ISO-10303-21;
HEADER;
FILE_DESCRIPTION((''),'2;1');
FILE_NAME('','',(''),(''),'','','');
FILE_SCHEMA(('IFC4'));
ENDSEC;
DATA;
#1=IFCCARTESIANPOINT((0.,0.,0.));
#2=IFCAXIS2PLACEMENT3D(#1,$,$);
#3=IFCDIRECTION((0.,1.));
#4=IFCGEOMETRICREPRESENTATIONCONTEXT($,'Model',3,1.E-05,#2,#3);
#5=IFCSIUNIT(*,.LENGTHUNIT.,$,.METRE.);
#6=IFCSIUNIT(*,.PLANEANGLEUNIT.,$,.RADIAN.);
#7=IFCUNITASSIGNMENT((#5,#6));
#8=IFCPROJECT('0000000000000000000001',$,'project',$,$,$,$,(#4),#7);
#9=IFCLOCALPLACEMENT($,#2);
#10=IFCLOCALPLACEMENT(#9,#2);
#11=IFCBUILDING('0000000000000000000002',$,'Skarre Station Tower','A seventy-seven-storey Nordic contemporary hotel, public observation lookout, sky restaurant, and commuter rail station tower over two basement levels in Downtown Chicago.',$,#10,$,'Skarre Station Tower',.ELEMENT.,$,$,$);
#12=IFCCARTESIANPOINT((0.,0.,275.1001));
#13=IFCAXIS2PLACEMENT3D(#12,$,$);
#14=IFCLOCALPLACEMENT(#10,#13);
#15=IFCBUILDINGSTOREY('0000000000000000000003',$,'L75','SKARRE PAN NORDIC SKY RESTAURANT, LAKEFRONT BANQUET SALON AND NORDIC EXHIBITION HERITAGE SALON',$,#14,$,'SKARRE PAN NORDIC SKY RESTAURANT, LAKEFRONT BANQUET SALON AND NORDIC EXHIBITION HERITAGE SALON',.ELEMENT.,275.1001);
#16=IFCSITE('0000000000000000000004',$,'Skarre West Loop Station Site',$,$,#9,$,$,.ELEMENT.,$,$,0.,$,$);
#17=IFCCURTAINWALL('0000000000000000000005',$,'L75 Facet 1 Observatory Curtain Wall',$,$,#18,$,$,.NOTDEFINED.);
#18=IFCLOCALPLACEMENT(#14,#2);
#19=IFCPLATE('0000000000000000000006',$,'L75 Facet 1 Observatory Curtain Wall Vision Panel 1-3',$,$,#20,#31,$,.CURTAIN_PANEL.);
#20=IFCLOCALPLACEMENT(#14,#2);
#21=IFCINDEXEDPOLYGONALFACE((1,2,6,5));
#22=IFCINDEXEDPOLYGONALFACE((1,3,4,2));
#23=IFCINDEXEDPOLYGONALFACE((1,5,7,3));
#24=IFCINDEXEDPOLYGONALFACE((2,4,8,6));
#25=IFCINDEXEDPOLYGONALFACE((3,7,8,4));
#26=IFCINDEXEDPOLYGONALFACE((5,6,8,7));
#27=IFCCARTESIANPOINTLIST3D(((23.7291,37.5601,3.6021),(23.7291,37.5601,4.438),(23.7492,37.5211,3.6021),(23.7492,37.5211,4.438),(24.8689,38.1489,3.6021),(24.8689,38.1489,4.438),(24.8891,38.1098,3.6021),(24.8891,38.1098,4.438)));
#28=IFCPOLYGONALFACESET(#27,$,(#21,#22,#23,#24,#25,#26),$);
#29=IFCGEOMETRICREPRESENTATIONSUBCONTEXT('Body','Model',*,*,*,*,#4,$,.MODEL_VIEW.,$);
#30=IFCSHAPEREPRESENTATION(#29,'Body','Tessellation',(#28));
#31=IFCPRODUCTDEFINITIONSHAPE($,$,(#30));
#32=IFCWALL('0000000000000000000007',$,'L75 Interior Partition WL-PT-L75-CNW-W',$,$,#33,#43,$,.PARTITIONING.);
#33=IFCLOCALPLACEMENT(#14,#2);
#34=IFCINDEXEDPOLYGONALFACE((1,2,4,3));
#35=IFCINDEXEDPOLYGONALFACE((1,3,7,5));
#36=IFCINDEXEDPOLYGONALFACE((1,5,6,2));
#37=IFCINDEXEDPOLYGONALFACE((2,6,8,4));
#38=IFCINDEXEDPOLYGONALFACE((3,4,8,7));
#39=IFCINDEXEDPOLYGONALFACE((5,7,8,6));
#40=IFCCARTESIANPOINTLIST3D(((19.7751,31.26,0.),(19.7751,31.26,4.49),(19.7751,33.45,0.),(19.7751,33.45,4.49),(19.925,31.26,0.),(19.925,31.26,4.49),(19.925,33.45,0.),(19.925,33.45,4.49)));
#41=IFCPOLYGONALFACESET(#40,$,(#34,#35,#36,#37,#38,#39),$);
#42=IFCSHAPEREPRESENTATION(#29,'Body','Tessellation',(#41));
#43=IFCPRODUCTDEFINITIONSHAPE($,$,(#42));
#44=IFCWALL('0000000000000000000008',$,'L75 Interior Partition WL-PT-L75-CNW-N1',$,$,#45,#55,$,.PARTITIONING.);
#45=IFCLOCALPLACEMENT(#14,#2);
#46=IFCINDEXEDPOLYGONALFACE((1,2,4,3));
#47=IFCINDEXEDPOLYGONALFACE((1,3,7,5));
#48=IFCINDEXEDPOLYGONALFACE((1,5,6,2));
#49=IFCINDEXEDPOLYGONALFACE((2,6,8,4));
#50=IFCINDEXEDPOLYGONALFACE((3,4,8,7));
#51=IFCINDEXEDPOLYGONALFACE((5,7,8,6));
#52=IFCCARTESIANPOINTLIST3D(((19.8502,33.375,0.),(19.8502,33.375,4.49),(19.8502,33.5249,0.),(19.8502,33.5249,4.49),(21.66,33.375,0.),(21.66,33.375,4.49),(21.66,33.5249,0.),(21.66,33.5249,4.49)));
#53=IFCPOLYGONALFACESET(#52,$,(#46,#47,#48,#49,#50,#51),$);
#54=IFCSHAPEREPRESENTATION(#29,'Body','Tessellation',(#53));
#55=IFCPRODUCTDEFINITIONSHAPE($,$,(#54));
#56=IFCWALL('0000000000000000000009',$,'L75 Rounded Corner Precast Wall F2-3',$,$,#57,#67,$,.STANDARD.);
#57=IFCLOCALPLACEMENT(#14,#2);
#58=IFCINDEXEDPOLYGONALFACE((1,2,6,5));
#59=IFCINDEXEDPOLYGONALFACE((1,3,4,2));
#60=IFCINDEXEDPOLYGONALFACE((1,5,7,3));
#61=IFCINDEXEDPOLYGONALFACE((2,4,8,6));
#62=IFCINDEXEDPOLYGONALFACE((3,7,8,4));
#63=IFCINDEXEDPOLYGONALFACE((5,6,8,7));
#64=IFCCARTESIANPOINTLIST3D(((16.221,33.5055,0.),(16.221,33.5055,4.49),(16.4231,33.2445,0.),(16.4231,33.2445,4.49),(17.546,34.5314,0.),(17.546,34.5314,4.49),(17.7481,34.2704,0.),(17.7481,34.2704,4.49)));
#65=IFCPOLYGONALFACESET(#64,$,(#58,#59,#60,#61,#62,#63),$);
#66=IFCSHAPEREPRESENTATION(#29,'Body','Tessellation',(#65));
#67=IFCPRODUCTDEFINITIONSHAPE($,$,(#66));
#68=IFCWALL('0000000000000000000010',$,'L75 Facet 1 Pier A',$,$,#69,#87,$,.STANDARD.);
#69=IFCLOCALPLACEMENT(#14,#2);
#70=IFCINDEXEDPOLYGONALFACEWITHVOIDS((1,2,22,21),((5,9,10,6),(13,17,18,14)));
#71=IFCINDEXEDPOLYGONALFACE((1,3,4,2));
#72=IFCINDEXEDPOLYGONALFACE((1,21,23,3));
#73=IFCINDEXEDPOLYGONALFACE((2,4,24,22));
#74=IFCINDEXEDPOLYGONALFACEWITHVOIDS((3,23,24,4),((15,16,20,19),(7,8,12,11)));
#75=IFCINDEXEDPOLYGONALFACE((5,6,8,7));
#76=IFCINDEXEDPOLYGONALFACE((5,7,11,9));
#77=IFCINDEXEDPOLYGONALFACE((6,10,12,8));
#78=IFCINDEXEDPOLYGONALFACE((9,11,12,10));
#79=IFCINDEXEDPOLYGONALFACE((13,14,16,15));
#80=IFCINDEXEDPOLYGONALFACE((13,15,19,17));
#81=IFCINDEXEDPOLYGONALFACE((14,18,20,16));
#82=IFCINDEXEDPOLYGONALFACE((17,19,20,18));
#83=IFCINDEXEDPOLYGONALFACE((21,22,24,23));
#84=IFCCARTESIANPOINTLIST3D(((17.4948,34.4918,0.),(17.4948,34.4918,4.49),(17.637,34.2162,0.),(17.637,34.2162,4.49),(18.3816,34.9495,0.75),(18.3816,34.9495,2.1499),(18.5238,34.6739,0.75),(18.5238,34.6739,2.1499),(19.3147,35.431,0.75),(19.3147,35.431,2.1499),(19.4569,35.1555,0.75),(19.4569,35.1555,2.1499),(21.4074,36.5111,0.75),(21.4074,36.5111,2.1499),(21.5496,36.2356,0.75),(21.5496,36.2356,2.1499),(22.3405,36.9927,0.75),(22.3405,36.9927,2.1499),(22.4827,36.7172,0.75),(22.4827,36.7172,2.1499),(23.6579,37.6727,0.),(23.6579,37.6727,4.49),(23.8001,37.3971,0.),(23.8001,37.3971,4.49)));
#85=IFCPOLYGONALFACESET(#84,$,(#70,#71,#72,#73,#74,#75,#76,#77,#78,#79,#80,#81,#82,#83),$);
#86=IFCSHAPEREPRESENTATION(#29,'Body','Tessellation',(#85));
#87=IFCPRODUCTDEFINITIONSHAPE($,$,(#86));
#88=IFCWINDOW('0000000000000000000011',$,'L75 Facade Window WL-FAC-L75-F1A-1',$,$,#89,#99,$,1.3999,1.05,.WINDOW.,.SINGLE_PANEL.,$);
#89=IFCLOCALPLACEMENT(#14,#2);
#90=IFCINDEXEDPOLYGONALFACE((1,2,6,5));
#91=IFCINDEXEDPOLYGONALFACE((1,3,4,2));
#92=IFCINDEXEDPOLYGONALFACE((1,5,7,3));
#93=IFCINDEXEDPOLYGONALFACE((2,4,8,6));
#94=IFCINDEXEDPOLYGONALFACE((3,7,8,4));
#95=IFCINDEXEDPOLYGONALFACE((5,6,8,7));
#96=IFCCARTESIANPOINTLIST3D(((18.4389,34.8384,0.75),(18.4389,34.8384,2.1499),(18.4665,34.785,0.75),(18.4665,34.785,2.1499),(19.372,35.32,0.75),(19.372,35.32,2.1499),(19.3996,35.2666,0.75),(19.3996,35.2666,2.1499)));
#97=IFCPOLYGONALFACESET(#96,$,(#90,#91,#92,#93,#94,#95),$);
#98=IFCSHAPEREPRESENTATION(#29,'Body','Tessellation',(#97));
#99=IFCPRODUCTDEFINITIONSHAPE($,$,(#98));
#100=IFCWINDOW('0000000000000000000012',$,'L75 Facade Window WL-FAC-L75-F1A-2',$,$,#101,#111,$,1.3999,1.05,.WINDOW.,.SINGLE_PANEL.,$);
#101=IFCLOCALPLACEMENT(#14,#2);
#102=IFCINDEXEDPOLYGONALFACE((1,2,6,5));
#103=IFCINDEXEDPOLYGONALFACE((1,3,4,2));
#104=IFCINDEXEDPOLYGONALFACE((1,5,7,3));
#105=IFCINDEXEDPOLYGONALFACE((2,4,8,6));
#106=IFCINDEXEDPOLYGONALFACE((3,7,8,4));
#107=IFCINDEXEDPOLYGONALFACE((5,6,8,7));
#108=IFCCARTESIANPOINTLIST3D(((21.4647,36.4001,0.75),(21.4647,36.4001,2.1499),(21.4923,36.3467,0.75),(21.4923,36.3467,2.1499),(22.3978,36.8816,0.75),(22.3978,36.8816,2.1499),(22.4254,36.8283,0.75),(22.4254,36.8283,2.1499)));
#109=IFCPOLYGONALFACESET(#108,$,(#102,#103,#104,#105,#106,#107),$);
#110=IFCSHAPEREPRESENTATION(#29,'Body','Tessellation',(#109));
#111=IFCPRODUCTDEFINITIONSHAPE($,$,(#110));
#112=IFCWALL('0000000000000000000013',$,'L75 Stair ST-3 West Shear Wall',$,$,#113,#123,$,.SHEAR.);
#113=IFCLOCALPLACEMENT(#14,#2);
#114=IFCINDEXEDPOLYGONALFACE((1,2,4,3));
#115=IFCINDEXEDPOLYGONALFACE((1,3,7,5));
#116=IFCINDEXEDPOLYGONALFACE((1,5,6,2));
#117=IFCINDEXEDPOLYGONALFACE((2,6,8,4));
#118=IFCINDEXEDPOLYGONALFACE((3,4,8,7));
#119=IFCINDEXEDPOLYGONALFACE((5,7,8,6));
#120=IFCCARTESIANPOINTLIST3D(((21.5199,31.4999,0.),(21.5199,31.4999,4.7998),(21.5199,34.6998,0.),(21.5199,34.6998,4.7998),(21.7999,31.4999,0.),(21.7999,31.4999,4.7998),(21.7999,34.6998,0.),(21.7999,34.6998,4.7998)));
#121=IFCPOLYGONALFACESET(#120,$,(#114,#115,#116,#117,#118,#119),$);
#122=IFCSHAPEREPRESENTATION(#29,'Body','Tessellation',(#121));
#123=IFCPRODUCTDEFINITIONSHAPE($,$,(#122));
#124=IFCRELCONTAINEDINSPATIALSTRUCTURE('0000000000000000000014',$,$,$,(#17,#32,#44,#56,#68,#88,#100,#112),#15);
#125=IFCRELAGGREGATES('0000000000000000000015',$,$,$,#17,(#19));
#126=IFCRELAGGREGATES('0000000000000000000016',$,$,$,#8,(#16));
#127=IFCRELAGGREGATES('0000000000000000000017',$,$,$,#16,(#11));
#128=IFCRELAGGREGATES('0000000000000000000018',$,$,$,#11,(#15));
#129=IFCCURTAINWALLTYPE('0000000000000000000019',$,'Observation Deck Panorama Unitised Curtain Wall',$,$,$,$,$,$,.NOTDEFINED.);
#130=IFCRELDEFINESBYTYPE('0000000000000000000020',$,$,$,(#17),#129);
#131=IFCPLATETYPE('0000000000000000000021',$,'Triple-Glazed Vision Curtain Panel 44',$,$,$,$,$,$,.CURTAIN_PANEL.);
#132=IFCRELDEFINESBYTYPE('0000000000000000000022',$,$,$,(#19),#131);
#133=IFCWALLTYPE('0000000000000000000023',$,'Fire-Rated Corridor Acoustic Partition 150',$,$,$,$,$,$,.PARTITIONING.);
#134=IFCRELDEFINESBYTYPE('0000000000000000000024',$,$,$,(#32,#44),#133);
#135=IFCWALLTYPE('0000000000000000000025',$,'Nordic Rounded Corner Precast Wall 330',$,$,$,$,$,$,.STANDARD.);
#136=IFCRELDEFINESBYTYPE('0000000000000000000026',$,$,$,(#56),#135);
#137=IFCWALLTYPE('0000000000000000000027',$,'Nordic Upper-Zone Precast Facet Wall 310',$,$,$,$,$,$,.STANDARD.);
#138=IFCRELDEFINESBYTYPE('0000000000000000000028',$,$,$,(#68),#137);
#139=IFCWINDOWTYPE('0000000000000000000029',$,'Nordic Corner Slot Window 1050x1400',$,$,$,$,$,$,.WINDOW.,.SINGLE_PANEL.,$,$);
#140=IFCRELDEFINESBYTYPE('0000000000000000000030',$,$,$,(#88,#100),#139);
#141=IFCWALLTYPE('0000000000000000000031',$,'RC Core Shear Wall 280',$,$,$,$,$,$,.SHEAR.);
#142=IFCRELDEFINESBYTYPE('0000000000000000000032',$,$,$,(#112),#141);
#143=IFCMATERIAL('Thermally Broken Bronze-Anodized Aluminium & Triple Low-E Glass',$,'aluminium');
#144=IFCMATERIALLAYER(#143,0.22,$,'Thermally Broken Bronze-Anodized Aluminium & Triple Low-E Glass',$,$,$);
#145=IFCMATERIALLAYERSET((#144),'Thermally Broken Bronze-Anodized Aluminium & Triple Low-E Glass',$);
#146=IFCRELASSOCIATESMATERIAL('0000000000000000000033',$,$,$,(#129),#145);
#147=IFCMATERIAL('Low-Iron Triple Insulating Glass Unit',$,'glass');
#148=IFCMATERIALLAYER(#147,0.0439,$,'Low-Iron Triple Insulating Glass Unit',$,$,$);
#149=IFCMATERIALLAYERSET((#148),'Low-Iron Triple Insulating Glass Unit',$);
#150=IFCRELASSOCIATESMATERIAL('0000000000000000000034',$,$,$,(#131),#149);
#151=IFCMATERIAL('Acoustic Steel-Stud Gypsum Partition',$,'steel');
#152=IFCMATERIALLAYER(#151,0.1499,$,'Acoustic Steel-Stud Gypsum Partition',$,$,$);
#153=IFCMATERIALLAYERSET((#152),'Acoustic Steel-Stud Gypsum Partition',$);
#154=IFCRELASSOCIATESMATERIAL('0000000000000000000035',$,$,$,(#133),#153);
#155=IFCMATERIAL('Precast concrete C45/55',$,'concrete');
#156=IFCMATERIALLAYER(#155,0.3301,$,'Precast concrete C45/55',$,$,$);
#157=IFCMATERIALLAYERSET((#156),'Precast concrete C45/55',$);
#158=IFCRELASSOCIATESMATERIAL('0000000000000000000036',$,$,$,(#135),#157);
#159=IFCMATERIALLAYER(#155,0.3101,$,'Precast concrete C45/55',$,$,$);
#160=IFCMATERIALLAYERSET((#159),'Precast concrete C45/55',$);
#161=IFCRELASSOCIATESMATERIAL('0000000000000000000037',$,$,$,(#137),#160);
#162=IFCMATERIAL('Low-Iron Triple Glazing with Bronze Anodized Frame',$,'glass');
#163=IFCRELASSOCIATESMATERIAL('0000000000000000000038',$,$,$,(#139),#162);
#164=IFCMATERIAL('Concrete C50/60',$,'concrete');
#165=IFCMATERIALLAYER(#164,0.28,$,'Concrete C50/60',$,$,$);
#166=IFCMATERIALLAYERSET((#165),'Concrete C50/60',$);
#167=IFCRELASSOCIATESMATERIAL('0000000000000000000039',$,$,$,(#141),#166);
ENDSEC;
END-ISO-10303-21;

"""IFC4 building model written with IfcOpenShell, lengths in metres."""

from ifc_helpers import new_model, si_unit, direction, frame, frame_2d, origin, origin_2d, place, context, subcontext, project, spatial, rectangle, extrude, material, layer, layer_set, type_object, element, fill, aggregate, save


model = new_model("IFC4")

# Units and contexts
model_context = context("Model", 3, precision=1e-05, world=origin(), true_north=direction((0.0, 1.0)))
body_context = subcontext(model_context, "Body", "Model", "MODEL_VIEW")
ifc_project = project(units=[si_unit("LENGTHUNIT", "METRE"), si_unit("PLANEANGLEUNIT", "RADIAN")], contexts=[model_context])

# Site, building, storey
site_placement = place(None, origin())
site = spatial("IfcSite", under=ifc_project, at=site_placement, Name="Skarre West Loop Station Site", CompositionType="ELEMENT", RefElevation=0.0)
building_placement = place(site_placement, origin())
building = spatial("IfcBuilding", under=site, at=building_placement, Name="Skarre Station Tower", Description="A seventy-seven-storey Nordic contemporary hotel, public observation lookout, sky restaurant, and commuter rail station tower over two basement levels in Downtown Chicago.", LongName="Skarre Station Tower", CompositionType="ELEMENT")
storey_placement = place(building_placement, frame((0.0, 0.0, 275.1001)))
storey = spatial("IfcBuildingStorey", under=building, at=storey_placement, Name="L75", Description="SKARRE PAN NORDIC SKY RESTAURANT, LAKEFRONT BANQUET SALON AND NORDIC EXHIBITION HERITAGE SALON", LongName="SKARRE PAN NORDIC SKY RESTAURANT, LAKEFRONT BANQUET SALON AND NORDIC EXHIBITION HERITAGE SALON", CompositionType="ELEMENT", Elevation=275.1001)

# Shared definitions
ifc_material_1 = material(Name="Concrete C50/60", Category="concrete")

# Curtain wall
ifc_material_2 = material(Name="Thermally Broken Bronze-Anodized Aluminium & Triple Low-E Glass", Category="aluminium")
ifc_layer_1 = layer(ifc_material_2, 0.22, Name="Thermally Broken Bronze-Anodized Aluminium & Triple Low-E Glass")
ifc_layer_set_1 = layer_set([ifc_layer_1], Name="Thermally Broken Bronze-Anodized Aluminium & Triple Low-E Glass")
curtain_wall_type = type_object("IfcCurtainWallType", Name="Observation Deck Panorama Unitised Curtain Wall", PredefinedType="NOTDEFINED", material=ifc_layer_set_1)
curtain_wall_placement = place(storey_placement, origin())
curtain_wall = element("IfcCurtainWall", 1, at=curtain_wall_placement, inside=storey, type_object=curtain_wall_type, Name="L75 Facet 1 Observatory Curtain Wall", PredefinedType="NOTDEFINED")

# Plate
ifc_material_3 = material(Name="Low-Iron Triple Insulating Glass Unit", Category="glass")
ifc_layer_2 = layer(ifc_material_3, 0.0439, Name="Low-Iron Triple Insulating Glass Unit")
ifc_layer_set_2 = layer_set([ifc_layer_2], Name="Low-Iron Triple Insulating Glass Unit")
plate_type_1 = type_object("IfcPlateType", Name="Triple-Glazed Vision Curtain Panel 44", PredefinedType="CURTAIN_PANEL", material=ifc_layer_set_2)
plate_1_placement = place(storey_placement, frame((24.3091, 37.835, 3.6021), z_axis=(0.0, 0.0, 1.0), x_axis=(0.888481, 0.458913, 0.0)))
plate_1 = element("IfcPlate", 2, at=plate_1_placement, type_object=plate_type_1, Name="L75 Facet 1 Observatory Curtain Wall Vision Panel 1-3", PredefinedType="CURTAIN_PANEL", context=body_context, shape_type="SweptSolid", body=[
    extrude(rectangle(XDim=1.283, YDim=0.0439, at=origin_2d()), origin(), (0.0, 0.0, 1.0), 0.8359),
])
aggregate(curtain_wall, [plate_1])

# Walls
ifc_material_4 = material(Name="Acoustic Steel-Stud Gypsum Partition", Category="steel")
ifc_layer_3 = layer(ifc_material_4, 0.1499, Name="Acoustic Steel-Stud Gypsum Partition")
ifc_layer_set_3 = layer_set([ifc_layer_3], Name="Acoustic Steel-Stud Gypsum Partition")
wall_type_1 = type_object("IfcWallType", Name="Fire-Rated Corridor Acoustic Partition 150", PredefinedType="PARTITIONING", material=ifc_layer_set_3)
wall_1_placement = place(storey_placement, frame((19.8501, 33.45, 0.0), z_axis=(0.0, 0.0, 1.0), x_axis=(0.0, -1.0, 0.0)))
element("IfcWall", 3, at=wall_1_placement, inside=storey, type_object=wall_type_1, Name="L75 Interior Partition WL-PT-L75-CNW-W", PredefinedType="PARTITIONING", context=body_context, shape_type="SweptSolid", body=[
    extrude(rectangle(XDim=2.1899, YDim=0.1499, at=frame_2d((1.095, 0.0))), origin(), (0.0, 0.0, 1.0), 4.49),
])
wall_2_placement = place(storey_placement, frame((21.6599, 33.45, 0.0), z_axis=(0.0, 0.0, 1.0), x_axis=(-1.0, 0.0, 0.0)))
element("IfcWall", 4, at=wall_2_placement, inside=storey, type_object=wall_type_1, Name="L75 Interior Partition WL-PT-L75-CNW-N1", PredefinedType="PARTITIONING", context=body_context, shape_type="SweptSolid", body=[
    extrude(rectangle(XDim=1.8098, YDim=0.1499, at=frame_2d((0.9048, 0.0))), origin(), (0.0, 0.0, 1.0), 4.49),
])
ifc_material_5 = material(Name="Precast concrete C45/55", Category="concrete")
ifc_layer_4 = layer(ifc_material_5, 0.3301, Name="Precast concrete C45/55")
ifc_layer_set_4 = layer_set([ifc_layer_4], Name="Precast concrete C45/55")
wall_type_2 = type_object("IfcWallType", Name="Nordic Rounded Corner Precast Wall 330", PredefinedType="STANDARD", material=ifc_layer_set_4)
wall_3_placement = place(storey_placement, frame((16.322, 33.375, 0.0), z_axis=(0.0, 0.0, 1.0), x_axis=(0.790692, 0.612214, 0.0)))
element("IfcWall", 5, at=wall_3_placement, inside=storey, type_object=wall_type_2, Name="L75 Rounded Corner Precast Wall F2-3", PredefinedType="STANDARD", context=body_context, shape_type="SweptSolid", body=[
    extrude(rectangle(XDim=1.6758, YDim=0.3301, at=frame_2d((0.8379, 0.0))), origin(), (0.0, 0.0, 1.0), 4.49),
])

# Wall, openings, windows
ifc_layer_5 = layer(ifc_material_5, 0.3101, Name="Precast concrete C45/55")
ifc_layer_set_5 = layer_set([ifc_layer_5], Name="Precast concrete C45/55")
wall_type_3 = type_object("IfcWallType", Name="Nordic Upper-Zone Precast Facet Wall 310", PredefinedType="STANDARD", material=ifc_layer_set_5)
wall_4_placement = place(storey_placement, frame((17.5659, 34.354, 0.0), z_axis=(0.0, 0.0, 1.0), x_axis=(0.888623, 0.458638, 0.0)))
wall_4 = element("IfcWall", 6, at=wall_4_placement, inside=storey, type_object=wall_type_3, Name="L75 Facet 1 Pier A", PredefinedType="STANDARD", context=body_context, shape_type="SweptSolid", body=[
    extrude(rectangle(XDim=6.9355, YDim=0.3101, at=frame_2d((3.4678, 0.0))), origin(), (0.0, 0.0, 1.0), 4.49),
])
opening_1_placement = place(wall_4_placement, frame((0.998, 0.0, 0.75)))
opening_1 = element("IfcOpeningElement", 7, at=opening_1_placement, cuts=wall_4, PredefinedType="OPENING", context=body_context, shape_type="SweptSolid", body=[
    extrude(rectangle(XDim=1.05, YDim=1.3999, at=frame_2d((0.5249, 0.7))), frame((0.0, 0.165, 0.0), z_axis=(0.0, -1.0, 0.0), x_axis=(1.0, 0.0, 0.0)), (0.0, 0.0, 1.0), 0.3301),
])
opening_2_placement = place(wall_4_placement, frame((4.4031, 0.0, 0.75)))
opening_2 = element("IfcOpeningElement", 8, at=opening_2_placement, cuts=wall_4, PredefinedType="OPENING", context=body_context, shape_type="SweptSolid", body=[
    extrude(rectangle(XDim=1.05, YDim=1.3999, at=frame_2d((0.5249, 0.7))), frame((0.0, 0.165, 0.0), z_axis=(0.0, -1.0, 0.0), x_axis=(1.0, 0.0, 0.0)), (0.0, 0.0, 1.0), 0.3301),
])
ifc_material_6 = material(Name="Low-Iron Triple Glazing with Bronze Anodized Frame", Category="glass")
window_type = type_object("IfcWindowType", Name="Nordic Corner Slot Window 1050x1400", PartitioningType="SINGLE_PANEL", PredefinedType="WINDOW", material=ifc_material_6)
window_1_placement = place(opening_1_placement, origin())
window_1 = element("IfcWindow", 9, at=window_1_placement, inside=storey, type_object=window_type, Name="L75 Facade Window WL-FAC-L75-F1A-1", OverallHeight=1.3999, OverallWidth=1.05, PartitioningType="SINGLE_PANEL", PredefinedType="WINDOW", context=body_context, shape_type="SweptSolid", body=[
    extrude(rectangle(XDim=1.05, YDim=1.3999, at=frame_2d((0.5249, 0.7))), frame((0.0, 0.03, 0.0), z_axis=(0.0, -1.0, 0.0), x_axis=(1.0, 0.0, 0.0)), (0.0, 0.0, 1.0), 0.0601),
])
fill(opening_1, window_1)
window_2_placement = place(opening_2_placement, origin())
window_2 = element("IfcWindow", 10, at=window_2_placement, inside=storey, type_object=window_type, Name="L75 Facade Window WL-FAC-L75-F1A-2", OverallHeight=1.3999, OverallWidth=1.05, PartitioningType="SINGLE_PANEL", PredefinedType="WINDOW", context=body_context, shape_type="SweptSolid", body=[
    extrude(rectangle(XDim=1.05, YDim=1.3999, at=frame_2d((0.5249, 0.7))), frame((0.0, 0.03, 0.0), z_axis=(0.0, -1.0, 0.0), x_axis=(1.0, 0.0, 0.0)), (0.0, 0.0, 1.0), 0.0601),
])
fill(opening_2, window_2)

# Wall
ifc_layer_6 = layer(ifc_material_1, 0.28, Name="Concrete C50/60")
ifc_layer_set_6 = layer_set([ifc_layer_6], Name="Concrete C50/60")
wall_type_4 = type_object("IfcWallType", Name="RC Core Shear Wall 280", PredefinedType="SHEAR", material=ifc_layer_set_6)
wall_5_placement = place(storey_placement, frame((21.6599, 34.7, 0.0), z_axis=(0.0, 0.0, 1.0), x_axis=(0.0, -1.0, 0.0)))
element("IfcWall", 11, at=wall_5_placement, inside=storey, type_object=wall_type_4, Name="L75 Stair ST-3 West Shear Wall", PredefinedType="SHEAR", context=body_context, shape_type="SweptSolid", body=[
    extrude(rectangle(XDim=3.2, YDim=0.28, at=frame_2d((1.6001, 0.0))), origin(), (0.0, 0.0, 1.0), 4.7998),
])

save(model, "model.ifc")
